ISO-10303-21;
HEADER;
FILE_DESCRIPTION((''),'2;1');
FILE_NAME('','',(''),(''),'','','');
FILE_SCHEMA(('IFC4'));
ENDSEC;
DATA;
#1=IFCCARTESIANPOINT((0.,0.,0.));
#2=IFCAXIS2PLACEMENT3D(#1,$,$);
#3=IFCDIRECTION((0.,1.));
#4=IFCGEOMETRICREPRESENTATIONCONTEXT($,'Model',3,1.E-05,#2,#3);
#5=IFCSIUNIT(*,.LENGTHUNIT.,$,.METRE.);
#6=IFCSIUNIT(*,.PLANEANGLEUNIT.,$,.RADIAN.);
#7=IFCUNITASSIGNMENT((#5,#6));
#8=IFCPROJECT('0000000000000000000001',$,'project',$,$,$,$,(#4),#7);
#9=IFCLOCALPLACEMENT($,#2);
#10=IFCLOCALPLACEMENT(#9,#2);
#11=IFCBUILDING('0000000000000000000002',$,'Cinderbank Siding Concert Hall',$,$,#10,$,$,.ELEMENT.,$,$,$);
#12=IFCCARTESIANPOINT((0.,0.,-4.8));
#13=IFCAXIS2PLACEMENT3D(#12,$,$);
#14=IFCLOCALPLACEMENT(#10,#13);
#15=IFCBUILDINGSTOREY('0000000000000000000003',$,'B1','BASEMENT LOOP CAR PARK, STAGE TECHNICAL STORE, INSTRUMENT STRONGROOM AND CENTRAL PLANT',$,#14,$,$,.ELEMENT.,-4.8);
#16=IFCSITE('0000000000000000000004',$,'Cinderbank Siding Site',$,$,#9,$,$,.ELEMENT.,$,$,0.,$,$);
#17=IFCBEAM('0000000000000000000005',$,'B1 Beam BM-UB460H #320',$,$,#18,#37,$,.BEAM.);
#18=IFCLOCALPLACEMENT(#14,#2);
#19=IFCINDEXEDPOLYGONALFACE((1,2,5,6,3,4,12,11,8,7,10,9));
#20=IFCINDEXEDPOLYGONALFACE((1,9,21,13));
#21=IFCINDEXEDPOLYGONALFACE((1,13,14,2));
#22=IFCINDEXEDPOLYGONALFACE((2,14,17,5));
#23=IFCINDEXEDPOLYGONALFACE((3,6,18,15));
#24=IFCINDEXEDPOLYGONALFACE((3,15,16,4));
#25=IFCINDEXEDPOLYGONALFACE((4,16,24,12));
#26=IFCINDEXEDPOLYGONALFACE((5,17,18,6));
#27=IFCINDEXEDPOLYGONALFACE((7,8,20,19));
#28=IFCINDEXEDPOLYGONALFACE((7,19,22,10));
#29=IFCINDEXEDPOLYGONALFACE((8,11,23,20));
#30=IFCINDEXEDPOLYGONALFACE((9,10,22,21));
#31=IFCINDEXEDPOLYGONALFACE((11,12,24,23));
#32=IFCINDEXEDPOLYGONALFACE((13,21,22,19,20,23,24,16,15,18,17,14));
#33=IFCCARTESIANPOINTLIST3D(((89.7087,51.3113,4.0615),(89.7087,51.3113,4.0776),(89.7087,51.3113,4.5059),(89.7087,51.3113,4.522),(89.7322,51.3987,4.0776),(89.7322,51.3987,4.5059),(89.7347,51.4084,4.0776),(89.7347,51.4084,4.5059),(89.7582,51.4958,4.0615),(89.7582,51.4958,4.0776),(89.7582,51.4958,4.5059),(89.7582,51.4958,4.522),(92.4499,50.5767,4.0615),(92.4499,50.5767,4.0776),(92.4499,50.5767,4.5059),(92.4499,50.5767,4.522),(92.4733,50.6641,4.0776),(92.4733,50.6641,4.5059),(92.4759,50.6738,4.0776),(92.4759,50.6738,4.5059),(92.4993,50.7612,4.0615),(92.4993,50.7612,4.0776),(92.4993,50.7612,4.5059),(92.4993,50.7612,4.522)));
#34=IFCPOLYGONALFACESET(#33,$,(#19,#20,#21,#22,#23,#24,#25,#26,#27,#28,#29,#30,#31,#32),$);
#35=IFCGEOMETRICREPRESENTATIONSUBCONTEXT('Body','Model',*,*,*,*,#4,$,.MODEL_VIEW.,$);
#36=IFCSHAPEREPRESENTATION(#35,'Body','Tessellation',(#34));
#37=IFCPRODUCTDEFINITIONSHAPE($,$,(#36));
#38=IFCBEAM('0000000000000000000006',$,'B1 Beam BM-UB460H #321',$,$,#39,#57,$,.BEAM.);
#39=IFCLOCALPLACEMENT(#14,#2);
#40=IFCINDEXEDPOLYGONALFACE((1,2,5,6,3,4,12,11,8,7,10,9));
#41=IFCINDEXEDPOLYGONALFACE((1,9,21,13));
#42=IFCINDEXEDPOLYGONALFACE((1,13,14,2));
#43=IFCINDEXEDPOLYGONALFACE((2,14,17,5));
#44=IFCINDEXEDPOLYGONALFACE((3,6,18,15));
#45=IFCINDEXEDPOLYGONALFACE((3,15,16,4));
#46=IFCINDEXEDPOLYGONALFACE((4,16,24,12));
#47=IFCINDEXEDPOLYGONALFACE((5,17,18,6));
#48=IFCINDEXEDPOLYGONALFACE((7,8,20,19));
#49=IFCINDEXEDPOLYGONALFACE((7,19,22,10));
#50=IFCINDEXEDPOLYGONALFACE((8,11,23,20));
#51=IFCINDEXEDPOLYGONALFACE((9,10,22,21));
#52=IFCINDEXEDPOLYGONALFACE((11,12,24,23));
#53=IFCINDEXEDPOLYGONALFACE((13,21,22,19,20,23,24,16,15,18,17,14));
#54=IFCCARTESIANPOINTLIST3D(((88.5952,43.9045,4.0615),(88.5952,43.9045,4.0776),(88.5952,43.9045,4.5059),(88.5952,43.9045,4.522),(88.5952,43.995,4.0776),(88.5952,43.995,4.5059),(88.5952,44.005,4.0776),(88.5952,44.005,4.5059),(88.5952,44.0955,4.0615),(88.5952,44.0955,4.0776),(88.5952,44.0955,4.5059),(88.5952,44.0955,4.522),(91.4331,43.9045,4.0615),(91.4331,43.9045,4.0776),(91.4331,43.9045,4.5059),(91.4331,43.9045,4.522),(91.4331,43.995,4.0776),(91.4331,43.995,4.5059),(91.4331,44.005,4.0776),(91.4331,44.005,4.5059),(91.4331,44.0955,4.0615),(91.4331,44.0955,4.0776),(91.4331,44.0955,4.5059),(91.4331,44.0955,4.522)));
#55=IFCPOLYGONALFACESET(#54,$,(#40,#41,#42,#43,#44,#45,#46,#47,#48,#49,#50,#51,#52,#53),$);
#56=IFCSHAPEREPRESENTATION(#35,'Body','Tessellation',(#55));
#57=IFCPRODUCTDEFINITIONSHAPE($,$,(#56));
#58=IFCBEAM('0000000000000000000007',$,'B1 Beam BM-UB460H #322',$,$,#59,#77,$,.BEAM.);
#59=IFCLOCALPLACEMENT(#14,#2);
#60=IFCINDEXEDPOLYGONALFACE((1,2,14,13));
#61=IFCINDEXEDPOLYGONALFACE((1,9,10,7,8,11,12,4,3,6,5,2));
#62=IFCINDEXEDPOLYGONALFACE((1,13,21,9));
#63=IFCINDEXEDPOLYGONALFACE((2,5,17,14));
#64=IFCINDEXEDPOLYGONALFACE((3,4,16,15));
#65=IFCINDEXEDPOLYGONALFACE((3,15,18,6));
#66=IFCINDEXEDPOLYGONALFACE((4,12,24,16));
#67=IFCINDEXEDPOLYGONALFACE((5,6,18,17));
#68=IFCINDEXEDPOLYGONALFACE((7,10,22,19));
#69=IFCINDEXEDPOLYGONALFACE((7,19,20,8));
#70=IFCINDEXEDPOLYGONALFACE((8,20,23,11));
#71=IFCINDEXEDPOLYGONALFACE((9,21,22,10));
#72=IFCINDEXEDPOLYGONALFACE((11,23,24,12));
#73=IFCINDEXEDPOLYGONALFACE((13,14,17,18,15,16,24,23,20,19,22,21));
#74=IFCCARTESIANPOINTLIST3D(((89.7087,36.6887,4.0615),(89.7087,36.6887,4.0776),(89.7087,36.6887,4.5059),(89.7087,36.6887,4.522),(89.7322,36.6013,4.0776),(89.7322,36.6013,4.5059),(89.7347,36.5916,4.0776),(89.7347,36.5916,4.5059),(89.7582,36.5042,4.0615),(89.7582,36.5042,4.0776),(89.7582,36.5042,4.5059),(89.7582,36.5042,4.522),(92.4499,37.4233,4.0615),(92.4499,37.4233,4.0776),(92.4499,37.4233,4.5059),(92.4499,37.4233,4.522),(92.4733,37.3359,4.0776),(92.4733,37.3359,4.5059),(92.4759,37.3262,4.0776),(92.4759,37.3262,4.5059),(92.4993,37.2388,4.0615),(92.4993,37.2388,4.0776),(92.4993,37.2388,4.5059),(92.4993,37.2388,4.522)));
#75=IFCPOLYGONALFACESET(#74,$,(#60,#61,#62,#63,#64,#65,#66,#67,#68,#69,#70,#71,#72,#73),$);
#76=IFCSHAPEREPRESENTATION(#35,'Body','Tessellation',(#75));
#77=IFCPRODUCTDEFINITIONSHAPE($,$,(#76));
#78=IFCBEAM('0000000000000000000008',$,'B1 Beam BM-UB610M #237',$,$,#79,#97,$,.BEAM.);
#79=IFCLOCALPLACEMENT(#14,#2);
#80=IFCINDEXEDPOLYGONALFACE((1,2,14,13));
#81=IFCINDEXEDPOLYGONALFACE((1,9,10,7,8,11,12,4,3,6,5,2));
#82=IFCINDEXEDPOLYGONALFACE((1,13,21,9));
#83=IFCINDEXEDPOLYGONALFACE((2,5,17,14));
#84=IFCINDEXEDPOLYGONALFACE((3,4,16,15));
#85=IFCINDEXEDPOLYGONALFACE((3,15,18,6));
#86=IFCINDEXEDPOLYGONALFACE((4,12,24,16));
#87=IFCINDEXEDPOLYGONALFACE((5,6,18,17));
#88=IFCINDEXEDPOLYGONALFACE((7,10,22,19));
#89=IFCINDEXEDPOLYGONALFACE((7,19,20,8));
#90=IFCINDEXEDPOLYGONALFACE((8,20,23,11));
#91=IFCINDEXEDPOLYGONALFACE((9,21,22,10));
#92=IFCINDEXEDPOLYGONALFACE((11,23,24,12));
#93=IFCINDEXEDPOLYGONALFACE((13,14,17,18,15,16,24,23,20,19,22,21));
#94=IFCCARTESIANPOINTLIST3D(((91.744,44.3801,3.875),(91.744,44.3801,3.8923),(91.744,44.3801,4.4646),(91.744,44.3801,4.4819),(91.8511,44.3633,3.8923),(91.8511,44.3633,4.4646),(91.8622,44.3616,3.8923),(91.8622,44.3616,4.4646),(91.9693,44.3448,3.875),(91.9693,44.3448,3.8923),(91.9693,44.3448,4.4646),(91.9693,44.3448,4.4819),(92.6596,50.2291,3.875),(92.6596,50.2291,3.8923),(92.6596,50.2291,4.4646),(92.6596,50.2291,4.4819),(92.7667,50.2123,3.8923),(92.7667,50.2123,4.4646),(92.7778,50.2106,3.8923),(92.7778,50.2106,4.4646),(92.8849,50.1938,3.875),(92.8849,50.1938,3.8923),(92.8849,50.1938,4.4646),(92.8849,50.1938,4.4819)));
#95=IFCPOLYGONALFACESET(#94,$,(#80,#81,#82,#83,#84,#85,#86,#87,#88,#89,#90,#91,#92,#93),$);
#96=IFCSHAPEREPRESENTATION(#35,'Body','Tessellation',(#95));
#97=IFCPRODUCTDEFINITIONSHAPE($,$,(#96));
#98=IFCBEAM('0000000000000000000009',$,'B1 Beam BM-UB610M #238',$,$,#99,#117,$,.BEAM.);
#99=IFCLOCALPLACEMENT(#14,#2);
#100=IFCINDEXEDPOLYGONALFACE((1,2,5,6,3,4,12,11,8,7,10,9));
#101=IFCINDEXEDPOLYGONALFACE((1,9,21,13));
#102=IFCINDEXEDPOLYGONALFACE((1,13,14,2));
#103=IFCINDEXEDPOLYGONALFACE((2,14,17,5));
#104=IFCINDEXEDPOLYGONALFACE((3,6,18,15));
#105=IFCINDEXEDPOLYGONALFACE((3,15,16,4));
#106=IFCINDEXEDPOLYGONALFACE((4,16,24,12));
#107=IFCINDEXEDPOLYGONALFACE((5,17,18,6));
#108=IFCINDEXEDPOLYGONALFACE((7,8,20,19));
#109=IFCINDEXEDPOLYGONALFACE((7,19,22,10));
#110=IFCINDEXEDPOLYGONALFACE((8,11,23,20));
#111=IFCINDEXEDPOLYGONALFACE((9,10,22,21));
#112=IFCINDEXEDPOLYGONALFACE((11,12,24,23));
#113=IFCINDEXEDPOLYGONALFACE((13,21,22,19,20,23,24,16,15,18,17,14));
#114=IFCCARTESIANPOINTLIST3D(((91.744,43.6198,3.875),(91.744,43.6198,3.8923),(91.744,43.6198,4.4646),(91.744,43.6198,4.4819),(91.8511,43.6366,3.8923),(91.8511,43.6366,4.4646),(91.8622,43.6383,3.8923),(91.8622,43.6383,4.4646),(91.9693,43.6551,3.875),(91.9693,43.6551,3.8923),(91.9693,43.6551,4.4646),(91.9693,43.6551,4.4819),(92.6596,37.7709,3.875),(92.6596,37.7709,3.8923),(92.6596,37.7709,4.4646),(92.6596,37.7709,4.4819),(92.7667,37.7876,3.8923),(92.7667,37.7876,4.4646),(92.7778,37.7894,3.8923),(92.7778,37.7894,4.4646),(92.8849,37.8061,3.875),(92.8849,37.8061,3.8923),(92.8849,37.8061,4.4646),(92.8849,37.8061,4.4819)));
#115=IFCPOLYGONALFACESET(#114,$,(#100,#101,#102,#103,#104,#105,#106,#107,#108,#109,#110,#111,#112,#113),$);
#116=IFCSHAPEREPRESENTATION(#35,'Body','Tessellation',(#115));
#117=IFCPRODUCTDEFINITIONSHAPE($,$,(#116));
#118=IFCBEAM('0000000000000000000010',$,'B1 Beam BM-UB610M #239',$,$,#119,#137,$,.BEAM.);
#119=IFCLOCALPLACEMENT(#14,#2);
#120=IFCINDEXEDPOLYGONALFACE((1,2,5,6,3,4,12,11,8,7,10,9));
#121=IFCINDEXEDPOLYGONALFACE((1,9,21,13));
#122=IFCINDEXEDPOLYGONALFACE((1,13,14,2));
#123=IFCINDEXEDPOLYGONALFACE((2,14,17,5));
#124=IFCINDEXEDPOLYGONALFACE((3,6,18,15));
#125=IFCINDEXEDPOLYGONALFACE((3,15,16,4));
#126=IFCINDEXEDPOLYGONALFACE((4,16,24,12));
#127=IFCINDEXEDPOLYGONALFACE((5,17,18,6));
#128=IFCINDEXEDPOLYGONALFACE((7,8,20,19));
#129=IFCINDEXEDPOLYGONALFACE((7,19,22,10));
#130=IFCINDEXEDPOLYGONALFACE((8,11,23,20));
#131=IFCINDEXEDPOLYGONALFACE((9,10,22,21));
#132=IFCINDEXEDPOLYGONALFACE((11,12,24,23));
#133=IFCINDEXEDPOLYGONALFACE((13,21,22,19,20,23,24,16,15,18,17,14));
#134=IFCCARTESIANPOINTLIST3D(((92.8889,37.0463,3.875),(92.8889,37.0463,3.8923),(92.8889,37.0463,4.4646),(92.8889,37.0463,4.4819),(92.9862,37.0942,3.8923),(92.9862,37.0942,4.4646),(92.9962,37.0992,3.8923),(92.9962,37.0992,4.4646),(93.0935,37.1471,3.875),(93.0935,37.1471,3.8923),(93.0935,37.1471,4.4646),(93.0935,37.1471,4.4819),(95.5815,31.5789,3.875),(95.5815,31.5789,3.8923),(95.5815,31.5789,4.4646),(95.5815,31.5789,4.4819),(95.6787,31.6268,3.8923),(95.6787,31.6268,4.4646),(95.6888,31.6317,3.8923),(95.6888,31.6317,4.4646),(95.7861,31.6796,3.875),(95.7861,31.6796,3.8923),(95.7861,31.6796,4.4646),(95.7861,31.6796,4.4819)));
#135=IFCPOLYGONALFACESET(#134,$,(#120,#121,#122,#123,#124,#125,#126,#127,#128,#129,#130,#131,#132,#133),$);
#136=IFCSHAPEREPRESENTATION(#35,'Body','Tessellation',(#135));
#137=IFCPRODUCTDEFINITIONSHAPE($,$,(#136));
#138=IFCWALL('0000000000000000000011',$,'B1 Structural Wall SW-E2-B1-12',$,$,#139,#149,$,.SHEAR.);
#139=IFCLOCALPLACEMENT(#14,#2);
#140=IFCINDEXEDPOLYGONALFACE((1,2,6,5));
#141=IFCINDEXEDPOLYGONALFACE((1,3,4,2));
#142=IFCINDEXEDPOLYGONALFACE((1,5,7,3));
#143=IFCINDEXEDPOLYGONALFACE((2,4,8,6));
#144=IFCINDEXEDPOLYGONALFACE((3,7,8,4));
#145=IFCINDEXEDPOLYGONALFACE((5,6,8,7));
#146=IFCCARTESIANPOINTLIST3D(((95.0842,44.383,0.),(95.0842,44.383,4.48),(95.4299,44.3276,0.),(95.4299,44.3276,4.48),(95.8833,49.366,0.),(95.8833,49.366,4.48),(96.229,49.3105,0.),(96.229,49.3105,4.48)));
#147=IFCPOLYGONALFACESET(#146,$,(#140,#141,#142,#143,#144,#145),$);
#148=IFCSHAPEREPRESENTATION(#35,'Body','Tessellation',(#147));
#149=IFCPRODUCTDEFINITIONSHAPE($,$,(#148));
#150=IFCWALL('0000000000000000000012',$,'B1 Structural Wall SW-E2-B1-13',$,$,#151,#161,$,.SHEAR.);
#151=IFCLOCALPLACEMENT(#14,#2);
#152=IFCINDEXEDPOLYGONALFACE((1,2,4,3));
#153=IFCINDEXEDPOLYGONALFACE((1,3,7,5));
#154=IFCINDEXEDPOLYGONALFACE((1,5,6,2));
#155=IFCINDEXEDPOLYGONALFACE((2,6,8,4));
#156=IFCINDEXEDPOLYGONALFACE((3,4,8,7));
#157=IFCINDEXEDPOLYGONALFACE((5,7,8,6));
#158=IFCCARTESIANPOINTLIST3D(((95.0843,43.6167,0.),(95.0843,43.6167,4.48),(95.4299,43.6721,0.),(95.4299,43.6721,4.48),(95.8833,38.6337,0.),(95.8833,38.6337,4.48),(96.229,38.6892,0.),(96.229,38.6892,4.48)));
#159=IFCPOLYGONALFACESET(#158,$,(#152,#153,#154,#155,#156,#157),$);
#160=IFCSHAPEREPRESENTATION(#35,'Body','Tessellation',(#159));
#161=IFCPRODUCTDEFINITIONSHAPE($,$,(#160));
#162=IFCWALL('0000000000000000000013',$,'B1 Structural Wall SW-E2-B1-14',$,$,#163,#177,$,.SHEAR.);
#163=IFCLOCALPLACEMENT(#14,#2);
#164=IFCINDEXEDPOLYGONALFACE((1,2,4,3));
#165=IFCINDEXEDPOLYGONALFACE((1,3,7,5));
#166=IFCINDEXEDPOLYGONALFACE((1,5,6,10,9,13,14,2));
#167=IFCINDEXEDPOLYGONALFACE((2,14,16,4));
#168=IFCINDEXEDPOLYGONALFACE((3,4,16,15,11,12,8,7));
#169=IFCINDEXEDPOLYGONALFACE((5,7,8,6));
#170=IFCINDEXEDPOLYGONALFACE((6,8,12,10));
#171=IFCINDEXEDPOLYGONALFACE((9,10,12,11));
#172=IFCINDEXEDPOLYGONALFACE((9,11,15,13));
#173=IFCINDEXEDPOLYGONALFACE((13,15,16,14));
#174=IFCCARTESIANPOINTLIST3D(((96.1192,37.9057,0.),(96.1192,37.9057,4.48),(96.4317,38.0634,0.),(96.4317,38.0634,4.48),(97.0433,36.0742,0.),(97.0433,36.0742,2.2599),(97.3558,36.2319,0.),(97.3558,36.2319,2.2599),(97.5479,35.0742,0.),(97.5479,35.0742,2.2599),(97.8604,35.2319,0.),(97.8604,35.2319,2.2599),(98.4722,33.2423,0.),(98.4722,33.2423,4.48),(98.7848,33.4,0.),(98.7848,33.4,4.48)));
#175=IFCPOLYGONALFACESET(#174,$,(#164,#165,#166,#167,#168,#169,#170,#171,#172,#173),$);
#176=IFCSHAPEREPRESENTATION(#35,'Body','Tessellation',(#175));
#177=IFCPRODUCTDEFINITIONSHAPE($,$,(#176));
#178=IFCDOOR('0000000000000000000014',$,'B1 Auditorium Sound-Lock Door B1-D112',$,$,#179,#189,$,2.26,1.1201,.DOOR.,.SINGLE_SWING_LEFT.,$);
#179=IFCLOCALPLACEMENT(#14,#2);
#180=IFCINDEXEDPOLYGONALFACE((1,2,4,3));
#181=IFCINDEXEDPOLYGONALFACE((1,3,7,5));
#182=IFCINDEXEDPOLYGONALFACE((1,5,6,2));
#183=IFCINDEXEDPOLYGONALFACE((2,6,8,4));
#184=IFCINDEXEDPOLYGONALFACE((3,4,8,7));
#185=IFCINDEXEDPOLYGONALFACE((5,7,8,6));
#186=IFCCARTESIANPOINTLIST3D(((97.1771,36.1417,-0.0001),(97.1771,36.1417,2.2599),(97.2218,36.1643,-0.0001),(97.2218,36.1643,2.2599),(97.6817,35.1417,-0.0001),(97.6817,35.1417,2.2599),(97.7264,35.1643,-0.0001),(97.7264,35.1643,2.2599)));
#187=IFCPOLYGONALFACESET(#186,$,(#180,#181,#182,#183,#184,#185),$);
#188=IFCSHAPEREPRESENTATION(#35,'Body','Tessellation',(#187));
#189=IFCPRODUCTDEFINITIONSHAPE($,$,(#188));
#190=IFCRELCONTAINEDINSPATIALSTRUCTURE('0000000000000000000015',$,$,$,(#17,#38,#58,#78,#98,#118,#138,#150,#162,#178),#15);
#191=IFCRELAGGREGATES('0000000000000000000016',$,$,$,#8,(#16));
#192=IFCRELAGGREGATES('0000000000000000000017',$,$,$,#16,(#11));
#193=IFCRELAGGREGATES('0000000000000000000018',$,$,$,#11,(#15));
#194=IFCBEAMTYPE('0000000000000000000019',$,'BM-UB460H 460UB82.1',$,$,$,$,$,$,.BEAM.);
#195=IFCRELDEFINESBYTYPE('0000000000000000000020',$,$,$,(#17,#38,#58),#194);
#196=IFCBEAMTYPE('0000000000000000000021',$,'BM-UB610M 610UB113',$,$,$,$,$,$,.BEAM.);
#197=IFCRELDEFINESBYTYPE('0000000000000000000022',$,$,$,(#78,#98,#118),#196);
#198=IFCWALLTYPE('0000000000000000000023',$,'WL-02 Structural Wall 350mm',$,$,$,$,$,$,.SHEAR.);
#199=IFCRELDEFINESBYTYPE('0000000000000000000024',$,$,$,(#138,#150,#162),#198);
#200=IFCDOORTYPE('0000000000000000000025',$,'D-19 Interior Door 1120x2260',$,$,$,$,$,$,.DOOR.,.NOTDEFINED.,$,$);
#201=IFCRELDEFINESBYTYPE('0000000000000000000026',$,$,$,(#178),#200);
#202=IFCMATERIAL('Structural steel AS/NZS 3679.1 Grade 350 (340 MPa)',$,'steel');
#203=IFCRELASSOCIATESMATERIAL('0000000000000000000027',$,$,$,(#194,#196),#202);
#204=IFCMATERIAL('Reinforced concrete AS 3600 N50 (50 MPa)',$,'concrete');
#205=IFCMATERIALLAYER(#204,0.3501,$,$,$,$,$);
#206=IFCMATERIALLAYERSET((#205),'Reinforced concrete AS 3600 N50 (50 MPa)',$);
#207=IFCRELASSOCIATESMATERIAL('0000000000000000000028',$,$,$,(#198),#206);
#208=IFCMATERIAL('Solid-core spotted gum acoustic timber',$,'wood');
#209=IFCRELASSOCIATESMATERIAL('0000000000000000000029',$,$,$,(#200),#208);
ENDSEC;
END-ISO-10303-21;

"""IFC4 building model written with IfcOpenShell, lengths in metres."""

from ifc_helpers import new_model, si_unit, direction, frame, frame_2d, origin, origin_2d, place, context, subcontext, project, spatial, rectangle, i_section, extrude, material, layer, layer_set, material_profile, profile_set, type_object, element, fill, save


model = new_model("IFC4")

# Units and contexts
model_context = context("Model", 3, precision=1e-05, world=origin(), true_north=direction((0.0, 1.0)))
body_context = subcontext(model_context, "Body", "Model", "MODEL_VIEW")
ifc_project = project(units=[si_unit("LENGTHUNIT", "METRE"), si_unit("PLANEANGLEUNIT", "RADIAN")], contexts=[model_context])

# Site, building, storey
site_placement = place(None, origin())
site = spatial("IfcSite", under=ifc_project, at=site_placement, Name="Cinderbank Siding Site", CompositionType="ELEMENT", RefElevation=0.0)
building_placement = place(site_placement, origin())
building = spatial("IfcBuilding", under=site, at=building_placement, Name="Cinderbank Siding Concert Hall", CompositionType="ELEMENT")
storey_placement = place(building_placement, frame((0.0, 0.0, -4.8)))
storey = spatial("IfcBuildingStorey", under=building, at=storey_placement, Name="B1", Description="BASEMENT LOOP CAR PARK, STAGE TECHNICAL STORE, INSTRUMENT STRONGROOM AND CENTRAL PLANT", CompositionType="ELEMENT", Elevation=-4.8)

# Shared definitions
ifc_material_1 = material(Name="Reinforced concrete AS 3600 N50 (50 MPa)", Category="concrete")

# Beams
ifc_material_2 = material(Name="Structural steel AS/NZS 3679.1 Grade 350 (340 MPa)", Category="steel")
ifc_material_profile_1 = material_profile(ifc_material_2, i_section(OverallWidth=0.1909, OverallDepth=0.4604, WebThickness=0.01, FlangeThickness=0.0161, at=origin_2d()), Name="460UB82.1", Category="LoadBearing")
ifc_profile_set_1 = profile_set([ifc_material_profile_1], Name="Structural steel AS/NZS 3679.1 Grade 350 (340 MPa)")
beam_type_1 = type_object("IfcBeamType", Name="BM-UB460H 460UB82.1", PredefinedType="BEAM", material=ifc_profile_set_1)
for number, where, z_axis, x_axis, name in (
    (1, (92.4746, 50.6689, 4.2917), (-0.965916, 0.258856, 0.0), (-0.258856, -0.965916, 0.0), "B1 Beam BM-UB460H #320"),
    (2, (91.4331, 44.0, 4.2917), (-1.0, 0.0, 0.0), (0.0, -1.0, 0.0), "B1 Beam BM-UB460H #321"),
    (3, (92.4746, 37.3311, 4.2917), (-0.965916, -0.258856, 0.0), (0.258856, -0.965916, 0.0), "B1 Beam BM-UB460H #322"),
):
    element("IfcBeam", number, at=place(storey_placement, frame(where, z_axis=z_axis, x_axis=x_axis)), inside=storey, type_object=beam_type_1, Name=name, PredefinedType="BEAM", context=body_context, shape_type="SweptSolid", body=[
        extrude(i_section(OverallWidth=0.1909, OverallDepth=0.4604, WebThickness=0.01, FlangeThickness=0.0161, at=origin_2d()), origin(), (0.0, 0.0, 1.0), 2.8379),
    ])
ifc_material_profile_2 = material_profile(ifc_material_2, i_section(OverallWidth=0.228, OverallDepth=0.6069, WebThickness=0.0112, FlangeThickness=0.0173, at=origin_2d()), Name="610UB113", Category="LoadBearing")
ifc_profile_set_2 = profile_set([ifc_material_profile_2], Name="Structural steel AS/NZS 3679.1 Grade 350 (340 MPa)")
beam_type_2 = type_object("IfcBeamType", Name="BM-UB610M 610UB113", PredefinedType="BEAM", material=ifc_profile_set_2)
for number, where, z_axis, x_axis, name in (
    (4, (92.7722, 50.2114, 4.1785), (-0.154647, -0.98797, 0.0), (0.98797, -0.154647, 0.0), "B1 Beam BM-UB610M #237"),
    (5, (91.8567, 43.6375, 4.1785), (0.154647, -0.98797, 0.0), (0.98797, 0.154647, 0.0), "B1 Beam BM-UB610M #238"),
):
    element("IfcBeam", number, at=place(storey_placement, frame(where, z_axis=z_axis, x_axis=x_axis)), inside=storey, type_object=beam_type_2, Name=name, PredefinedType="BEAM", context=body_context, shape_type="SweptSolid", body=[
        extrude(i_section(OverallWidth=0.228, OverallDepth=0.6069, WebThickness=0.0112, FlangeThickness=0.0173, at=origin_2d()), origin(), (0.0, 0.0, 1.0), 5.9202),
    ])
beam_1_placement = place(storey_placement, frame((92.9912, 37.0967, 4.1785), z_axis=(0.441806, -0.897111, 0.0), x_axis=(0.897111, 0.441806, 0.0)))
element("IfcBeam", 6, at=beam_1_placement, inside=storey, type_object=beam_type_2, Name="B1 Beam BM-UB610M #239", PredefinedType="BEAM", context=body_context, shape_type="SweptSolid", body=[
    extrude(i_section(OverallWidth=0.228, OverallDepth=0.6069, WebThickness=0.0112, FlangeThickness=0.0173, at=origin_2d()), origin(), (0.0, 0.0, 1.0), 6.0945),
])

# Walls
ifc_layer = layer(ifc_material_1, 0.3501)
ifc_layer_set = layer_set([ifc_layer], Name="Reinforced concrete AS 3600 N50 (50 MPa)")
wall_type = type_object("IfcWallType", Name="WL-02 Structural Wall 350mm", PredefinedType="SHEAR", material=ifc_layer_set)
for number, where, z_axis, x_axis, name in (
    (7, (96.0562, 49.3384, 0.0), (0.0, 0.0, 1.0), (-0.15834, -0.987385, 0.0), "B1 Structural Wall SW-E2-B1-12"),
    (8, (95.2571, 43.6445, 0.0), (0.0, 0.0, 1.0), (0.15834, -0.987385, 0.0), "B1 Structural Wall SW-E2-B1-13"),
):
    element("IfcWall", number, at=place(storey_placement, frame(where, z_axis=z_axis, x_axis=x_axis)), inside=storey, type_object=wall_type, Name=name, PredefinedType="SHEAR", context=body_context, shape_type="SweptSolid", body=[
        extrude(rectangle(XDim=5.0466, YDim=0.3501, at=frame_2d((2.5234, 0.0))), origin(), (0.0, 0.0, 1.0), 4.48),
    ])

# Wall, opening, door
wall_placement = place(storey_placement, frame((96.2754, 37.9846, 0.0), z_axis=(0.0, 0.0, 1.0), x_axis=(0.450482, -0.892785, 0.0)))
wall = element("IfcWall", 9, at=wall_placement, inside=storey, type_object=wall_type, Name="B1 Structural Wall SW-E2-B1-14", PredefinedType="SHEAR", context=body_context, shape_type="SweptSolid", body=[
    extrude(rectangle(XDim=5.2234, YDim=0.3501, at=frame_2d((2.6118, 0.0))), origin(), (0.0, 0.0, 1.0), 4.48),
])
opening_placement = place(wall_placement, frame((2.0515, 0.0, 0.0)))
opening = element("IfcOpeningElement", 10, at=opening_placement, cuts=wall, PredefinedType="OPENING", context=body_context, shape_type="SweptSolid", body=[
    extrude(rectangle(XDim=1.1201, YDim=2.26, at=frame_2d((0.5601, 1.1299))), frame((0.0, 0.187, 0.0), z_axis=(0.0, -1.0, 0.0), x_axis=(1.0, 0.0, 0.0)), (0.0, 0.0, 1.0), 0.374),
])
ifc_material_3 = material(Name="Solid-core spotted gum acoustic timber", Category="wood")
door_type = type_object("IfcDoorType", Name="D-19 Interior Door 1120x2260", OperationType="NOTDEFINED", PredefinedType="DOOR", material=ifc_material_3)
door_placement = place(opening_placement, origin())
door = element("IfcDoor", 11, at=door_placement, inside=storey, type_object=door_type, Name="B1 Auditorium Sound-Lock Door B1-D112", OperationType="SINGLE_SWING_LEFT", OverallHeight=2.26, OverallWidth=1.1201, PredefinedType="DOOR", context=body_context, shape_type="SweptSolid", body=[
    extrude(rectangle(XDim=1.1201, YDim=2.26, at=frame_2d((0.5601, 1.1299))), frame((0.0, 0.0249, 0.0), z_axis=(0.0, -1.0, 0.0), x_axis=(1.0, 0.0, 0.0)), (0.0, 0.0, 1.0), 0.05),
])
fill(opening, door)

save(model, "model.ifc")
